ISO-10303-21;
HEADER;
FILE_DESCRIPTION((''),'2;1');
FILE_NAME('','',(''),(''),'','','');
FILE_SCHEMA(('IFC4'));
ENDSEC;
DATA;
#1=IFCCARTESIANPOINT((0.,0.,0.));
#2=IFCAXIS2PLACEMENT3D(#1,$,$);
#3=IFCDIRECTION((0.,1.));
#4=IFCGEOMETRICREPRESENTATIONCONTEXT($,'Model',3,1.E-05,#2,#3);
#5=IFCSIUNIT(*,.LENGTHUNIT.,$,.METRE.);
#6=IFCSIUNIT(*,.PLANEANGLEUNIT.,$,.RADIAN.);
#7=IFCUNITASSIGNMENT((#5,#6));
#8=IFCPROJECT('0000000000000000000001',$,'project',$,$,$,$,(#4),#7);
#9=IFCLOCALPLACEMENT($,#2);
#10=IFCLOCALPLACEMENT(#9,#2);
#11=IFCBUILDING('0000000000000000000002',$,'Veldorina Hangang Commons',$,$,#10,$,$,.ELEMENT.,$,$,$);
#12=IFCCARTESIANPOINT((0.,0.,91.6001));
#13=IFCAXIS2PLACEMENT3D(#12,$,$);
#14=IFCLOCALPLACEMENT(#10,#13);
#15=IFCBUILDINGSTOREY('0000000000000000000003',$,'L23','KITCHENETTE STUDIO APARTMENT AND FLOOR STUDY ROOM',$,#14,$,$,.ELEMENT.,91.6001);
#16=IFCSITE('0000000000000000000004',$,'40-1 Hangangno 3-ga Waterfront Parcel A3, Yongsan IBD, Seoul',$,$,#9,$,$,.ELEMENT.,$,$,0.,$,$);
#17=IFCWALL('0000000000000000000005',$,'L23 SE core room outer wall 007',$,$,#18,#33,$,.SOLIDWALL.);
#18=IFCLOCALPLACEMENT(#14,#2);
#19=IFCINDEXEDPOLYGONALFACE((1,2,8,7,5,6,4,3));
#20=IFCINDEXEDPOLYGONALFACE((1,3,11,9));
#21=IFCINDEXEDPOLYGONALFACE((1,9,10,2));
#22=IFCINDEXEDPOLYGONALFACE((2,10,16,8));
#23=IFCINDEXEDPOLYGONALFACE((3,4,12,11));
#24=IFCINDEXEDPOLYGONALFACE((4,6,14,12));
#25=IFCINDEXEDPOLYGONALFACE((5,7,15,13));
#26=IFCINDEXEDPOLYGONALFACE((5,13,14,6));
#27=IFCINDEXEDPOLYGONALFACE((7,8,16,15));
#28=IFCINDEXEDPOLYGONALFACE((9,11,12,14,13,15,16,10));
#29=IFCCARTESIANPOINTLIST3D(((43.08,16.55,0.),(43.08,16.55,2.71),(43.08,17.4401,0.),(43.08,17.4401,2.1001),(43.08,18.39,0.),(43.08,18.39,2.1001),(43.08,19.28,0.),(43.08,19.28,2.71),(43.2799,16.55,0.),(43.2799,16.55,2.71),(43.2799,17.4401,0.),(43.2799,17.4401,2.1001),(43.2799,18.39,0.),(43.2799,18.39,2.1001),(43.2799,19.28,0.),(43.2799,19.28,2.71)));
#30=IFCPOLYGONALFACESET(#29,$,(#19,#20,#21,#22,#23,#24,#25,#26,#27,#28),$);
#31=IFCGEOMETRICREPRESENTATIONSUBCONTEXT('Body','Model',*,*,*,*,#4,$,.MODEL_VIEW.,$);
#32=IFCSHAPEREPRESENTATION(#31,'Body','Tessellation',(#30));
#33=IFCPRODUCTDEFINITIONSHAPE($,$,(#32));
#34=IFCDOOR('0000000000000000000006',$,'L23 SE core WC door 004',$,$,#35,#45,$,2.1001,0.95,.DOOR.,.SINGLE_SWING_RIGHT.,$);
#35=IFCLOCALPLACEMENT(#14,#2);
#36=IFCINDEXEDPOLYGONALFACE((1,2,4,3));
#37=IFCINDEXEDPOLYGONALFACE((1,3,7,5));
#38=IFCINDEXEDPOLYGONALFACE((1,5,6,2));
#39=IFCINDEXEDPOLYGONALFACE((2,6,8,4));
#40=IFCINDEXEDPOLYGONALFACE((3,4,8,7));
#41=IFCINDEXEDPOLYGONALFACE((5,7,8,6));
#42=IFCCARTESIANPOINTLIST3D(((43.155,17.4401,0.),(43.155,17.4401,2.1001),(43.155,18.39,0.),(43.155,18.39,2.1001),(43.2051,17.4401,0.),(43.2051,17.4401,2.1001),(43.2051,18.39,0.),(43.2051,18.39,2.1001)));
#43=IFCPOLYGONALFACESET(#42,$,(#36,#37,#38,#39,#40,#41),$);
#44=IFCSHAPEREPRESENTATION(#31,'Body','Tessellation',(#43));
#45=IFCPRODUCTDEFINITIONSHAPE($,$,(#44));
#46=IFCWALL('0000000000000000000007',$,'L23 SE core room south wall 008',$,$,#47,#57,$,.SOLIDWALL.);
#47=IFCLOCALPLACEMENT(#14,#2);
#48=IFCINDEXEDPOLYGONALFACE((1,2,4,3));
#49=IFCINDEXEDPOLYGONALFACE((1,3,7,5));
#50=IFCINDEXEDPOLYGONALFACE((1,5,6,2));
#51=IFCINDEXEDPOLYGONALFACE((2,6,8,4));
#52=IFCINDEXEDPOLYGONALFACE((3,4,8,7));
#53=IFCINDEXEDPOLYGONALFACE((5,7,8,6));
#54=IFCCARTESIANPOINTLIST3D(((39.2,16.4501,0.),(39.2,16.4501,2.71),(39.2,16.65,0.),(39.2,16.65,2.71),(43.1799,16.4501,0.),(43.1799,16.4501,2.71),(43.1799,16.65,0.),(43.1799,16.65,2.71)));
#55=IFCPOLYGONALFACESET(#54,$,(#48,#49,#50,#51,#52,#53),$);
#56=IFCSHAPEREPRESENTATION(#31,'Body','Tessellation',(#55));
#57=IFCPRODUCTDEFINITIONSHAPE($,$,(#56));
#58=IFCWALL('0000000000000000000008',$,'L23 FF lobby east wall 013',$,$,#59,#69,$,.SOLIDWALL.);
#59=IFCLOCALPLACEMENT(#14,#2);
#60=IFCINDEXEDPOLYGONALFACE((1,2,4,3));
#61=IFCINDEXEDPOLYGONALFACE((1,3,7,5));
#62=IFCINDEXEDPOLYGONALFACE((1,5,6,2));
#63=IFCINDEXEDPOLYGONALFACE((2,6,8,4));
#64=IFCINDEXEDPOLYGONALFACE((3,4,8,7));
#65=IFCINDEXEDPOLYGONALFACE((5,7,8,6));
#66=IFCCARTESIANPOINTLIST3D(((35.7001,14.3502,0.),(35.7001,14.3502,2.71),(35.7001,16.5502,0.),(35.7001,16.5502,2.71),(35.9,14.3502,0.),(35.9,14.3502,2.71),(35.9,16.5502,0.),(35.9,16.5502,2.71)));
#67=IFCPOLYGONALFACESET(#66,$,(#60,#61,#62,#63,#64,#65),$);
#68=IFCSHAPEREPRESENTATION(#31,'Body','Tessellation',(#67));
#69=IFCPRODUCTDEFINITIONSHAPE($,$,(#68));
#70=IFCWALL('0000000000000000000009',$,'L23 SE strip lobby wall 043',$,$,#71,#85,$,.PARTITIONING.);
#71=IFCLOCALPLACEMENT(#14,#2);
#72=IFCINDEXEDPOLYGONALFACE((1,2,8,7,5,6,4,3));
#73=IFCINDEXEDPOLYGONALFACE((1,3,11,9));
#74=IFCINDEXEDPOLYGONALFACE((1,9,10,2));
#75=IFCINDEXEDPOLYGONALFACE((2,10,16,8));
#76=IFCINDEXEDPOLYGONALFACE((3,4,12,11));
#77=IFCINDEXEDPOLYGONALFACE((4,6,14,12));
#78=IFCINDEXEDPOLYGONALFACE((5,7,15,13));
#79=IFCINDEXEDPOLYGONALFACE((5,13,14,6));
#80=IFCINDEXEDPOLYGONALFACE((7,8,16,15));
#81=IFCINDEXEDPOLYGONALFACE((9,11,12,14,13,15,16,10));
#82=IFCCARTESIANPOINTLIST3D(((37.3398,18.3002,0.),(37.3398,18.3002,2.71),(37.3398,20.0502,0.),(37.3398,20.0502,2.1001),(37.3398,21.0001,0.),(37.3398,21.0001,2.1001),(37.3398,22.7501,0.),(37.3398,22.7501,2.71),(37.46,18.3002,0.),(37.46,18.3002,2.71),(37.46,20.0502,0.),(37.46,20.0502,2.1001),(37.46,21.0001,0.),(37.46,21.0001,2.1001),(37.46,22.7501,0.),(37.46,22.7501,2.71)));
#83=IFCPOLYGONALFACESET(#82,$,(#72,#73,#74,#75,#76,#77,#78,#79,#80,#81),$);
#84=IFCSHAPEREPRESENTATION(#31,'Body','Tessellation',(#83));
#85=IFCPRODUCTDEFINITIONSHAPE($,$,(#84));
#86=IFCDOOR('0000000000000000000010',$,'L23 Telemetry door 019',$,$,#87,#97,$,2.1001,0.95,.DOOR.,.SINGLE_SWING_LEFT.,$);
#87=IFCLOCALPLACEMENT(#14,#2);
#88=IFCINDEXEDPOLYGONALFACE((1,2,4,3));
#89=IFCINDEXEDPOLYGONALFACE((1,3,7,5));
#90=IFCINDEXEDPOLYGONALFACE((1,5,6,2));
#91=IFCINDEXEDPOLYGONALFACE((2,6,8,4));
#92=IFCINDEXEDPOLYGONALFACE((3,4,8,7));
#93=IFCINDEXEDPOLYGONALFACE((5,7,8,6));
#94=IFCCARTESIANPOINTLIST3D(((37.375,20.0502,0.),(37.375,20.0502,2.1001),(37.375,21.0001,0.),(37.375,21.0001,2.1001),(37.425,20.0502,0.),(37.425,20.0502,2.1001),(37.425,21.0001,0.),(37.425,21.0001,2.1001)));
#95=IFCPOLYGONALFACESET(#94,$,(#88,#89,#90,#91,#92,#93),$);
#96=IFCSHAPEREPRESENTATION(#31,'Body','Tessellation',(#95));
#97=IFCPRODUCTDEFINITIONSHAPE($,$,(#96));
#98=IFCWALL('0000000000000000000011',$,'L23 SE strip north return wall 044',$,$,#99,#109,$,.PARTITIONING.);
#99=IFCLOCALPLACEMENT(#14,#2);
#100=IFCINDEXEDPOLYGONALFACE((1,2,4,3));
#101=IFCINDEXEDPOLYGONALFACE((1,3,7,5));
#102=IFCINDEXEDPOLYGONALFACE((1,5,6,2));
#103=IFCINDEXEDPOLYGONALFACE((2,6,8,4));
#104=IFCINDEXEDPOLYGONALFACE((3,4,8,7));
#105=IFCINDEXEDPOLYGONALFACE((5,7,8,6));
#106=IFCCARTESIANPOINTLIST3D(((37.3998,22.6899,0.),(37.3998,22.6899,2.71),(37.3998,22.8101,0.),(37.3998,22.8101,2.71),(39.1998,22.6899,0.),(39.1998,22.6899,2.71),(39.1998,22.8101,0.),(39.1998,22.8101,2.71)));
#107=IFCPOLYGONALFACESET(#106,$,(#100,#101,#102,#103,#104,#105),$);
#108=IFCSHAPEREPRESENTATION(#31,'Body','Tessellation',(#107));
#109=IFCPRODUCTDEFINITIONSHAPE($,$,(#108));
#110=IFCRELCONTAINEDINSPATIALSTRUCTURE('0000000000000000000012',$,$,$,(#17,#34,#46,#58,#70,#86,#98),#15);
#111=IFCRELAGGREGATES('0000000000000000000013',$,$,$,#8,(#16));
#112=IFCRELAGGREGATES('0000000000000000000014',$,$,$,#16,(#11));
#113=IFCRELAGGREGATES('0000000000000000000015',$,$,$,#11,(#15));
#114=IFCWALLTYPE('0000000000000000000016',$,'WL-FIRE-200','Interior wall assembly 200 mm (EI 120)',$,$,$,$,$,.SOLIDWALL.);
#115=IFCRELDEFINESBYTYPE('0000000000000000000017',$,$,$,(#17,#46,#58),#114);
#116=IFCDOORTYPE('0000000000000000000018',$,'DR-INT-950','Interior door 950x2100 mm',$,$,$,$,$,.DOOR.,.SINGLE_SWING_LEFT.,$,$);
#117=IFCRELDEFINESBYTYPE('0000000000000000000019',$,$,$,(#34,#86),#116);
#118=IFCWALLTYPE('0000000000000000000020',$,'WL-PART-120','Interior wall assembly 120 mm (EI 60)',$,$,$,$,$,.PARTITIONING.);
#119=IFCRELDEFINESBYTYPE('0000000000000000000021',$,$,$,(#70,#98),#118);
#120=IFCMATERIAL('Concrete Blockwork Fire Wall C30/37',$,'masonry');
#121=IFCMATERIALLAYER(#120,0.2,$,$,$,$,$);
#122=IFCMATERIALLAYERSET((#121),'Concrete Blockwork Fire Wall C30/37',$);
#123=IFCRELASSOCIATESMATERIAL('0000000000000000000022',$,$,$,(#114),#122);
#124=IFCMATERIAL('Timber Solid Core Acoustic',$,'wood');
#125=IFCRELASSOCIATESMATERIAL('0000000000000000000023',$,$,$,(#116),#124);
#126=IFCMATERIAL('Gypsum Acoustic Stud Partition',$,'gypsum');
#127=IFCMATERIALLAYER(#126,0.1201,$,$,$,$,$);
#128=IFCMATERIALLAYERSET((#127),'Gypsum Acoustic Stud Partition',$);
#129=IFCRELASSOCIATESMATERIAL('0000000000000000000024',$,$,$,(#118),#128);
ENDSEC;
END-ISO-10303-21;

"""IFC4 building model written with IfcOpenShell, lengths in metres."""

from ifc_helpers import new_model, si_unit, direction, frame, frame_2d, origin, place, context, subcontext, project, spatial, rectangle, extrude, material, layer, layer_set, type_object, element, fill, save


model = new_model("IFC4")

# Units and contexts
model_context = context("Model", 3, precision=1e-05, world=origin(), true_north=direction((0.0, 1.0)))
body_context = subcontext(model_context, "Body", "Model", "MODEL_VIEW")
ifc_project = project(units=[si_unit("LENGTHUNIT", "METRE"), si_unit("PLANEANGLEUNIT", "RADIAN")], contexts=[model_context])

# Site, building, storey
site_placement = place(None, origin())
site = spatial("IfcSite", under=ifc_project, at=site_placement, Name="40-1 Hangangno 3-ga Waterfront Parcel A3, Yongsan IBD, Seoul", CompositionType="ELEMENT", RefElevation=0.0)
building_placement = place(site_placement, origin())
building = spatial("IfcBuilding", under=site, at=building_placement, Name="Veldorina Hangang Commons", CompositionType="ELEMENT")
storey_placement = place(building_placement, frame((0.0, 0.0, 91.6001)))
storey = spatial("IfcBuildingStorey", under=building, at=storey_placement, Name="L23", Description="KITCHENETTE STUDIO APARTMENT AND FLOOR STUDY ROOM", CompositionType="ELEMENT", Elevation=91.6001)

# Shared definitions
ifc_material_1 = material(Name="Timber Solid Core Acoustic", Category="wood")

# Wall, opening, door
ifc_material_2 = material(Name="Concrete Blockwork Fire Wall C30/37", Category="masonry")
ifc_layer_1 = layer(ifc_material_2, 0.2)
ifc_layer_set_1 = layer_set([ifc_layer_1], Name="Concrete Blockwork Fire Wall C30/37")
wall_type_1 = type_object("IfcWallType", Name="WL-FIRE-200", Description="Interior wall assembly 200 mm (EI 120)", PredefinedType="SOLIDWALL", material=ifc_layer_set_1)
wall_1_placement = place(storey_placement, frame((43.1799, 16.55, 0.0), z_axis=(0.0, 0.0, 1.0), x_axis=(0.0, 1.0, 0.0)))
wall_1 = element("IfcWall", 1, at=wall_1_placement, inside=storey, type_object=wall_type_1, Name="L23 SE core room outer wall 007", PredefinedType="SOLIDWALL", context=body_context, shape_type="SweptSolid", body=[
    extrude(rectangle(XDim=2.73, YDim=0.2, at=frame_2d((1.365, 0.0))), origin(), (0.0, 0.0, 1.0), 2.71),
])
opening_1_placement = place(wall_1_placement, frame((0.8899, 0.0, 0.0)))
opening_1 = element("IfcOpeningElement", 2, at=opening_1_placement, cuts=wall_1, PredefinedType="OPENING", context=body_context, shape_type="SweptSolid", body=[
    extrude(rectangle(XDim=0.95, YDim=2.1001, at=frame_2d((0.4751, 1.05))), frame((0.0, 0.1099, 0.0), z_axis=(0.0, -1.0, 0.0), x_axis=(1.0, 0.0, 0.0)), (0.0, 0.0, 1.0), 0.22),
])
door_type_1 = type_object("IfcDoorType", Name="DR-INT-950", Description="Interior door 950x2100 mm", OperationType="SINGLE_SWING_LEFT", PredefinedType="DOOR", material=ifc_material_1)
door_1_placement = place(opening_1_placement, origin())
door_1 = element("IfcDoor", 3, at=door_1_placement, inside=storey, type_object=door_type_1, Name="L23 SE core WC door 004", OperationType="SINGLE_SWING_RIGHT", OverallHeight=2.1001, OverallWidth=0.95, PredefinedType="DOOR", context=body_context, shape_type="SweptSolid", body=[
    extrude(rectangle(XDim=0.95, YDim=2.1001, at=frame_2d((0.4751, 1.05))), frame((0.0, 0.0249, 0.0), z_axis=(0.0, -1.0, 0.0), x_axis=(1.0, 0.0, 0.0)), (0.0, 0.0, 1.0), 0.05),
])
fill(opening_1, door_1)

# Walls
wall_2_placement = place(storey_placement, frame((39.2, 16.55, 0.0), z_axis=(0.0, 0.0, 1.0), x_axis=(1.0, 0.0, 0.0)))
element("IfcWall", 4, at=wall_2_placement, inside=storey, type_object=wall_type_1, Name="L23 SE core room south wall 008", PredefinedType="SOLIDWALL", context=body_context, shape_type="SweptSolid", body=[
    extrude(rectangle(XDim=3.98, YDim=0.2, at=frame_2d((1.99, 0.0))), origin(), (0.0, 0.0, 1.0), 2.71),
])
wall_3_placement = place(storey_placement, frame((35.8, 14.3501, 0.0), z_axis=(0.0, 0.0, 1.0), x_axis=(0.0, 1.0, 0.0)))
element("IfcWall", 5, at=wall_3_placement, inside=storey, type_object=wall_type_1, Name="L23 FF lobby east wall 013", PredefinedType="SOLIDWALL", context=body_context, shape_type="SweptSolid", body=[
    extrude(rectangle(XDim=2.2, YDim=0.2, at=frame_2d((1.1001, 0.0))), origin(), (0.0, 0.0, 1.0), 2.71),
])

# Wall, opening, door
ifc_material_3 = material(Name="Gypsum Acoustic Stud Partition", Category="gypsum")
ifc_layer_2 = layer(ifc_material_3, 0.1201)
ifc_layer_set_2 = layer_set([ifc_layer_2], Name="Gypsum Acoustic Stud Partition")
wall_type_2 = type_object("IfcWallType", Name="WL-PART-120", Description="Interior wall assembly 120 mm (EI 60)", PredefinedType="PARTITIONING", material=ifc_layer_set_2)
wall_4_placement = place(storey_placement, frame((37.3999, 18.3, 0.0), z_axis=(0.0, 0.0, 1.0), x_axis=(0.0, 1.0, 0.0)))
wall_4 = element("IfcWall", 6, at=wall_4_placement, inside=storey, type_object=wall_type_2, Name="L23 SE strip lobby wall 043", PredefinedType="PARTITIONING", context=body_context, shape_type="SweptSolid", body=[
    extrude(rectangle(XDim=4.45, YDim=0.1201, at=frame_2d((2.2251, 0.0))), origin(), (0.0, 0.0, 1.0), 2.71),
])
opening_2_placement = place(wall_4_placement, frame((1.75, 0.0, 0.0)))
opening_2 = element("IfcOpeningElement", 7, at=opening_2_placement, cuts=wall_4, PredefinedType="OPENING", context=body_context, shape_type="SweptSolid", body=[
    extrude(rectangle(XDim=0.95, YDim=2.1001, at=frame_2d((0.4751, 1.05))), frame((0.0, 0.0701, 0.0), z_axis=(0.0, -1.0, 0.0), x_axis=(1.0, 0.0, 0.0)), (0.0, 0.0, 1.0), 0.1401),
])
door_2_placement = place(opening_2_placement, origin())
door_2 = element("IfcDoor", 8, at=door_2_placement, inside=storey, type_object=door_type_1, Name="L23 Telemetry door 019", OperationType="SINGLE_SWING_LEFT", OverallHeight=2.1001, OverallWidth=0.95, PredefinedType="DOOR", context=body_context, shape_type="SweptSolid", body=[
    extrude(rectangle(XDim=0.95, YDim=2.1001, at=frame_2d((0.4751, 1.05))), frame((0.0, 0.0249, 0.0), z_axis=(0.0, -1.0, 0.0), x_axis=(1.0, 0.0, 0.0)), (0.0, 0.0, 1.0), 0.05),
])
fill(opening_2, door_2)

# Wall
wall_5_placement = place(storey_placement, frame((37.3999, 22.75, 0.0), z_axis=(0.0, 0.0, 1.0), x_axis=(1.0, 0.0, 0.0)))
element("IfcWall", 9, at=wall_5_placement, inside=storey, type_object=wall_type_2, Name="L23 SE strip north return wall 044", PredefinedType="PARTITIONING", context=body_context, shape_type="SweptSolid", body=[
    extrude(rectangle(XDim=1.8, YDim=0.1201, at=frame_2d((0.8999, 0.0))), origin(), (0.0, 0.0, 1.0), 2.71),
])

save(model, "model.ifc")
